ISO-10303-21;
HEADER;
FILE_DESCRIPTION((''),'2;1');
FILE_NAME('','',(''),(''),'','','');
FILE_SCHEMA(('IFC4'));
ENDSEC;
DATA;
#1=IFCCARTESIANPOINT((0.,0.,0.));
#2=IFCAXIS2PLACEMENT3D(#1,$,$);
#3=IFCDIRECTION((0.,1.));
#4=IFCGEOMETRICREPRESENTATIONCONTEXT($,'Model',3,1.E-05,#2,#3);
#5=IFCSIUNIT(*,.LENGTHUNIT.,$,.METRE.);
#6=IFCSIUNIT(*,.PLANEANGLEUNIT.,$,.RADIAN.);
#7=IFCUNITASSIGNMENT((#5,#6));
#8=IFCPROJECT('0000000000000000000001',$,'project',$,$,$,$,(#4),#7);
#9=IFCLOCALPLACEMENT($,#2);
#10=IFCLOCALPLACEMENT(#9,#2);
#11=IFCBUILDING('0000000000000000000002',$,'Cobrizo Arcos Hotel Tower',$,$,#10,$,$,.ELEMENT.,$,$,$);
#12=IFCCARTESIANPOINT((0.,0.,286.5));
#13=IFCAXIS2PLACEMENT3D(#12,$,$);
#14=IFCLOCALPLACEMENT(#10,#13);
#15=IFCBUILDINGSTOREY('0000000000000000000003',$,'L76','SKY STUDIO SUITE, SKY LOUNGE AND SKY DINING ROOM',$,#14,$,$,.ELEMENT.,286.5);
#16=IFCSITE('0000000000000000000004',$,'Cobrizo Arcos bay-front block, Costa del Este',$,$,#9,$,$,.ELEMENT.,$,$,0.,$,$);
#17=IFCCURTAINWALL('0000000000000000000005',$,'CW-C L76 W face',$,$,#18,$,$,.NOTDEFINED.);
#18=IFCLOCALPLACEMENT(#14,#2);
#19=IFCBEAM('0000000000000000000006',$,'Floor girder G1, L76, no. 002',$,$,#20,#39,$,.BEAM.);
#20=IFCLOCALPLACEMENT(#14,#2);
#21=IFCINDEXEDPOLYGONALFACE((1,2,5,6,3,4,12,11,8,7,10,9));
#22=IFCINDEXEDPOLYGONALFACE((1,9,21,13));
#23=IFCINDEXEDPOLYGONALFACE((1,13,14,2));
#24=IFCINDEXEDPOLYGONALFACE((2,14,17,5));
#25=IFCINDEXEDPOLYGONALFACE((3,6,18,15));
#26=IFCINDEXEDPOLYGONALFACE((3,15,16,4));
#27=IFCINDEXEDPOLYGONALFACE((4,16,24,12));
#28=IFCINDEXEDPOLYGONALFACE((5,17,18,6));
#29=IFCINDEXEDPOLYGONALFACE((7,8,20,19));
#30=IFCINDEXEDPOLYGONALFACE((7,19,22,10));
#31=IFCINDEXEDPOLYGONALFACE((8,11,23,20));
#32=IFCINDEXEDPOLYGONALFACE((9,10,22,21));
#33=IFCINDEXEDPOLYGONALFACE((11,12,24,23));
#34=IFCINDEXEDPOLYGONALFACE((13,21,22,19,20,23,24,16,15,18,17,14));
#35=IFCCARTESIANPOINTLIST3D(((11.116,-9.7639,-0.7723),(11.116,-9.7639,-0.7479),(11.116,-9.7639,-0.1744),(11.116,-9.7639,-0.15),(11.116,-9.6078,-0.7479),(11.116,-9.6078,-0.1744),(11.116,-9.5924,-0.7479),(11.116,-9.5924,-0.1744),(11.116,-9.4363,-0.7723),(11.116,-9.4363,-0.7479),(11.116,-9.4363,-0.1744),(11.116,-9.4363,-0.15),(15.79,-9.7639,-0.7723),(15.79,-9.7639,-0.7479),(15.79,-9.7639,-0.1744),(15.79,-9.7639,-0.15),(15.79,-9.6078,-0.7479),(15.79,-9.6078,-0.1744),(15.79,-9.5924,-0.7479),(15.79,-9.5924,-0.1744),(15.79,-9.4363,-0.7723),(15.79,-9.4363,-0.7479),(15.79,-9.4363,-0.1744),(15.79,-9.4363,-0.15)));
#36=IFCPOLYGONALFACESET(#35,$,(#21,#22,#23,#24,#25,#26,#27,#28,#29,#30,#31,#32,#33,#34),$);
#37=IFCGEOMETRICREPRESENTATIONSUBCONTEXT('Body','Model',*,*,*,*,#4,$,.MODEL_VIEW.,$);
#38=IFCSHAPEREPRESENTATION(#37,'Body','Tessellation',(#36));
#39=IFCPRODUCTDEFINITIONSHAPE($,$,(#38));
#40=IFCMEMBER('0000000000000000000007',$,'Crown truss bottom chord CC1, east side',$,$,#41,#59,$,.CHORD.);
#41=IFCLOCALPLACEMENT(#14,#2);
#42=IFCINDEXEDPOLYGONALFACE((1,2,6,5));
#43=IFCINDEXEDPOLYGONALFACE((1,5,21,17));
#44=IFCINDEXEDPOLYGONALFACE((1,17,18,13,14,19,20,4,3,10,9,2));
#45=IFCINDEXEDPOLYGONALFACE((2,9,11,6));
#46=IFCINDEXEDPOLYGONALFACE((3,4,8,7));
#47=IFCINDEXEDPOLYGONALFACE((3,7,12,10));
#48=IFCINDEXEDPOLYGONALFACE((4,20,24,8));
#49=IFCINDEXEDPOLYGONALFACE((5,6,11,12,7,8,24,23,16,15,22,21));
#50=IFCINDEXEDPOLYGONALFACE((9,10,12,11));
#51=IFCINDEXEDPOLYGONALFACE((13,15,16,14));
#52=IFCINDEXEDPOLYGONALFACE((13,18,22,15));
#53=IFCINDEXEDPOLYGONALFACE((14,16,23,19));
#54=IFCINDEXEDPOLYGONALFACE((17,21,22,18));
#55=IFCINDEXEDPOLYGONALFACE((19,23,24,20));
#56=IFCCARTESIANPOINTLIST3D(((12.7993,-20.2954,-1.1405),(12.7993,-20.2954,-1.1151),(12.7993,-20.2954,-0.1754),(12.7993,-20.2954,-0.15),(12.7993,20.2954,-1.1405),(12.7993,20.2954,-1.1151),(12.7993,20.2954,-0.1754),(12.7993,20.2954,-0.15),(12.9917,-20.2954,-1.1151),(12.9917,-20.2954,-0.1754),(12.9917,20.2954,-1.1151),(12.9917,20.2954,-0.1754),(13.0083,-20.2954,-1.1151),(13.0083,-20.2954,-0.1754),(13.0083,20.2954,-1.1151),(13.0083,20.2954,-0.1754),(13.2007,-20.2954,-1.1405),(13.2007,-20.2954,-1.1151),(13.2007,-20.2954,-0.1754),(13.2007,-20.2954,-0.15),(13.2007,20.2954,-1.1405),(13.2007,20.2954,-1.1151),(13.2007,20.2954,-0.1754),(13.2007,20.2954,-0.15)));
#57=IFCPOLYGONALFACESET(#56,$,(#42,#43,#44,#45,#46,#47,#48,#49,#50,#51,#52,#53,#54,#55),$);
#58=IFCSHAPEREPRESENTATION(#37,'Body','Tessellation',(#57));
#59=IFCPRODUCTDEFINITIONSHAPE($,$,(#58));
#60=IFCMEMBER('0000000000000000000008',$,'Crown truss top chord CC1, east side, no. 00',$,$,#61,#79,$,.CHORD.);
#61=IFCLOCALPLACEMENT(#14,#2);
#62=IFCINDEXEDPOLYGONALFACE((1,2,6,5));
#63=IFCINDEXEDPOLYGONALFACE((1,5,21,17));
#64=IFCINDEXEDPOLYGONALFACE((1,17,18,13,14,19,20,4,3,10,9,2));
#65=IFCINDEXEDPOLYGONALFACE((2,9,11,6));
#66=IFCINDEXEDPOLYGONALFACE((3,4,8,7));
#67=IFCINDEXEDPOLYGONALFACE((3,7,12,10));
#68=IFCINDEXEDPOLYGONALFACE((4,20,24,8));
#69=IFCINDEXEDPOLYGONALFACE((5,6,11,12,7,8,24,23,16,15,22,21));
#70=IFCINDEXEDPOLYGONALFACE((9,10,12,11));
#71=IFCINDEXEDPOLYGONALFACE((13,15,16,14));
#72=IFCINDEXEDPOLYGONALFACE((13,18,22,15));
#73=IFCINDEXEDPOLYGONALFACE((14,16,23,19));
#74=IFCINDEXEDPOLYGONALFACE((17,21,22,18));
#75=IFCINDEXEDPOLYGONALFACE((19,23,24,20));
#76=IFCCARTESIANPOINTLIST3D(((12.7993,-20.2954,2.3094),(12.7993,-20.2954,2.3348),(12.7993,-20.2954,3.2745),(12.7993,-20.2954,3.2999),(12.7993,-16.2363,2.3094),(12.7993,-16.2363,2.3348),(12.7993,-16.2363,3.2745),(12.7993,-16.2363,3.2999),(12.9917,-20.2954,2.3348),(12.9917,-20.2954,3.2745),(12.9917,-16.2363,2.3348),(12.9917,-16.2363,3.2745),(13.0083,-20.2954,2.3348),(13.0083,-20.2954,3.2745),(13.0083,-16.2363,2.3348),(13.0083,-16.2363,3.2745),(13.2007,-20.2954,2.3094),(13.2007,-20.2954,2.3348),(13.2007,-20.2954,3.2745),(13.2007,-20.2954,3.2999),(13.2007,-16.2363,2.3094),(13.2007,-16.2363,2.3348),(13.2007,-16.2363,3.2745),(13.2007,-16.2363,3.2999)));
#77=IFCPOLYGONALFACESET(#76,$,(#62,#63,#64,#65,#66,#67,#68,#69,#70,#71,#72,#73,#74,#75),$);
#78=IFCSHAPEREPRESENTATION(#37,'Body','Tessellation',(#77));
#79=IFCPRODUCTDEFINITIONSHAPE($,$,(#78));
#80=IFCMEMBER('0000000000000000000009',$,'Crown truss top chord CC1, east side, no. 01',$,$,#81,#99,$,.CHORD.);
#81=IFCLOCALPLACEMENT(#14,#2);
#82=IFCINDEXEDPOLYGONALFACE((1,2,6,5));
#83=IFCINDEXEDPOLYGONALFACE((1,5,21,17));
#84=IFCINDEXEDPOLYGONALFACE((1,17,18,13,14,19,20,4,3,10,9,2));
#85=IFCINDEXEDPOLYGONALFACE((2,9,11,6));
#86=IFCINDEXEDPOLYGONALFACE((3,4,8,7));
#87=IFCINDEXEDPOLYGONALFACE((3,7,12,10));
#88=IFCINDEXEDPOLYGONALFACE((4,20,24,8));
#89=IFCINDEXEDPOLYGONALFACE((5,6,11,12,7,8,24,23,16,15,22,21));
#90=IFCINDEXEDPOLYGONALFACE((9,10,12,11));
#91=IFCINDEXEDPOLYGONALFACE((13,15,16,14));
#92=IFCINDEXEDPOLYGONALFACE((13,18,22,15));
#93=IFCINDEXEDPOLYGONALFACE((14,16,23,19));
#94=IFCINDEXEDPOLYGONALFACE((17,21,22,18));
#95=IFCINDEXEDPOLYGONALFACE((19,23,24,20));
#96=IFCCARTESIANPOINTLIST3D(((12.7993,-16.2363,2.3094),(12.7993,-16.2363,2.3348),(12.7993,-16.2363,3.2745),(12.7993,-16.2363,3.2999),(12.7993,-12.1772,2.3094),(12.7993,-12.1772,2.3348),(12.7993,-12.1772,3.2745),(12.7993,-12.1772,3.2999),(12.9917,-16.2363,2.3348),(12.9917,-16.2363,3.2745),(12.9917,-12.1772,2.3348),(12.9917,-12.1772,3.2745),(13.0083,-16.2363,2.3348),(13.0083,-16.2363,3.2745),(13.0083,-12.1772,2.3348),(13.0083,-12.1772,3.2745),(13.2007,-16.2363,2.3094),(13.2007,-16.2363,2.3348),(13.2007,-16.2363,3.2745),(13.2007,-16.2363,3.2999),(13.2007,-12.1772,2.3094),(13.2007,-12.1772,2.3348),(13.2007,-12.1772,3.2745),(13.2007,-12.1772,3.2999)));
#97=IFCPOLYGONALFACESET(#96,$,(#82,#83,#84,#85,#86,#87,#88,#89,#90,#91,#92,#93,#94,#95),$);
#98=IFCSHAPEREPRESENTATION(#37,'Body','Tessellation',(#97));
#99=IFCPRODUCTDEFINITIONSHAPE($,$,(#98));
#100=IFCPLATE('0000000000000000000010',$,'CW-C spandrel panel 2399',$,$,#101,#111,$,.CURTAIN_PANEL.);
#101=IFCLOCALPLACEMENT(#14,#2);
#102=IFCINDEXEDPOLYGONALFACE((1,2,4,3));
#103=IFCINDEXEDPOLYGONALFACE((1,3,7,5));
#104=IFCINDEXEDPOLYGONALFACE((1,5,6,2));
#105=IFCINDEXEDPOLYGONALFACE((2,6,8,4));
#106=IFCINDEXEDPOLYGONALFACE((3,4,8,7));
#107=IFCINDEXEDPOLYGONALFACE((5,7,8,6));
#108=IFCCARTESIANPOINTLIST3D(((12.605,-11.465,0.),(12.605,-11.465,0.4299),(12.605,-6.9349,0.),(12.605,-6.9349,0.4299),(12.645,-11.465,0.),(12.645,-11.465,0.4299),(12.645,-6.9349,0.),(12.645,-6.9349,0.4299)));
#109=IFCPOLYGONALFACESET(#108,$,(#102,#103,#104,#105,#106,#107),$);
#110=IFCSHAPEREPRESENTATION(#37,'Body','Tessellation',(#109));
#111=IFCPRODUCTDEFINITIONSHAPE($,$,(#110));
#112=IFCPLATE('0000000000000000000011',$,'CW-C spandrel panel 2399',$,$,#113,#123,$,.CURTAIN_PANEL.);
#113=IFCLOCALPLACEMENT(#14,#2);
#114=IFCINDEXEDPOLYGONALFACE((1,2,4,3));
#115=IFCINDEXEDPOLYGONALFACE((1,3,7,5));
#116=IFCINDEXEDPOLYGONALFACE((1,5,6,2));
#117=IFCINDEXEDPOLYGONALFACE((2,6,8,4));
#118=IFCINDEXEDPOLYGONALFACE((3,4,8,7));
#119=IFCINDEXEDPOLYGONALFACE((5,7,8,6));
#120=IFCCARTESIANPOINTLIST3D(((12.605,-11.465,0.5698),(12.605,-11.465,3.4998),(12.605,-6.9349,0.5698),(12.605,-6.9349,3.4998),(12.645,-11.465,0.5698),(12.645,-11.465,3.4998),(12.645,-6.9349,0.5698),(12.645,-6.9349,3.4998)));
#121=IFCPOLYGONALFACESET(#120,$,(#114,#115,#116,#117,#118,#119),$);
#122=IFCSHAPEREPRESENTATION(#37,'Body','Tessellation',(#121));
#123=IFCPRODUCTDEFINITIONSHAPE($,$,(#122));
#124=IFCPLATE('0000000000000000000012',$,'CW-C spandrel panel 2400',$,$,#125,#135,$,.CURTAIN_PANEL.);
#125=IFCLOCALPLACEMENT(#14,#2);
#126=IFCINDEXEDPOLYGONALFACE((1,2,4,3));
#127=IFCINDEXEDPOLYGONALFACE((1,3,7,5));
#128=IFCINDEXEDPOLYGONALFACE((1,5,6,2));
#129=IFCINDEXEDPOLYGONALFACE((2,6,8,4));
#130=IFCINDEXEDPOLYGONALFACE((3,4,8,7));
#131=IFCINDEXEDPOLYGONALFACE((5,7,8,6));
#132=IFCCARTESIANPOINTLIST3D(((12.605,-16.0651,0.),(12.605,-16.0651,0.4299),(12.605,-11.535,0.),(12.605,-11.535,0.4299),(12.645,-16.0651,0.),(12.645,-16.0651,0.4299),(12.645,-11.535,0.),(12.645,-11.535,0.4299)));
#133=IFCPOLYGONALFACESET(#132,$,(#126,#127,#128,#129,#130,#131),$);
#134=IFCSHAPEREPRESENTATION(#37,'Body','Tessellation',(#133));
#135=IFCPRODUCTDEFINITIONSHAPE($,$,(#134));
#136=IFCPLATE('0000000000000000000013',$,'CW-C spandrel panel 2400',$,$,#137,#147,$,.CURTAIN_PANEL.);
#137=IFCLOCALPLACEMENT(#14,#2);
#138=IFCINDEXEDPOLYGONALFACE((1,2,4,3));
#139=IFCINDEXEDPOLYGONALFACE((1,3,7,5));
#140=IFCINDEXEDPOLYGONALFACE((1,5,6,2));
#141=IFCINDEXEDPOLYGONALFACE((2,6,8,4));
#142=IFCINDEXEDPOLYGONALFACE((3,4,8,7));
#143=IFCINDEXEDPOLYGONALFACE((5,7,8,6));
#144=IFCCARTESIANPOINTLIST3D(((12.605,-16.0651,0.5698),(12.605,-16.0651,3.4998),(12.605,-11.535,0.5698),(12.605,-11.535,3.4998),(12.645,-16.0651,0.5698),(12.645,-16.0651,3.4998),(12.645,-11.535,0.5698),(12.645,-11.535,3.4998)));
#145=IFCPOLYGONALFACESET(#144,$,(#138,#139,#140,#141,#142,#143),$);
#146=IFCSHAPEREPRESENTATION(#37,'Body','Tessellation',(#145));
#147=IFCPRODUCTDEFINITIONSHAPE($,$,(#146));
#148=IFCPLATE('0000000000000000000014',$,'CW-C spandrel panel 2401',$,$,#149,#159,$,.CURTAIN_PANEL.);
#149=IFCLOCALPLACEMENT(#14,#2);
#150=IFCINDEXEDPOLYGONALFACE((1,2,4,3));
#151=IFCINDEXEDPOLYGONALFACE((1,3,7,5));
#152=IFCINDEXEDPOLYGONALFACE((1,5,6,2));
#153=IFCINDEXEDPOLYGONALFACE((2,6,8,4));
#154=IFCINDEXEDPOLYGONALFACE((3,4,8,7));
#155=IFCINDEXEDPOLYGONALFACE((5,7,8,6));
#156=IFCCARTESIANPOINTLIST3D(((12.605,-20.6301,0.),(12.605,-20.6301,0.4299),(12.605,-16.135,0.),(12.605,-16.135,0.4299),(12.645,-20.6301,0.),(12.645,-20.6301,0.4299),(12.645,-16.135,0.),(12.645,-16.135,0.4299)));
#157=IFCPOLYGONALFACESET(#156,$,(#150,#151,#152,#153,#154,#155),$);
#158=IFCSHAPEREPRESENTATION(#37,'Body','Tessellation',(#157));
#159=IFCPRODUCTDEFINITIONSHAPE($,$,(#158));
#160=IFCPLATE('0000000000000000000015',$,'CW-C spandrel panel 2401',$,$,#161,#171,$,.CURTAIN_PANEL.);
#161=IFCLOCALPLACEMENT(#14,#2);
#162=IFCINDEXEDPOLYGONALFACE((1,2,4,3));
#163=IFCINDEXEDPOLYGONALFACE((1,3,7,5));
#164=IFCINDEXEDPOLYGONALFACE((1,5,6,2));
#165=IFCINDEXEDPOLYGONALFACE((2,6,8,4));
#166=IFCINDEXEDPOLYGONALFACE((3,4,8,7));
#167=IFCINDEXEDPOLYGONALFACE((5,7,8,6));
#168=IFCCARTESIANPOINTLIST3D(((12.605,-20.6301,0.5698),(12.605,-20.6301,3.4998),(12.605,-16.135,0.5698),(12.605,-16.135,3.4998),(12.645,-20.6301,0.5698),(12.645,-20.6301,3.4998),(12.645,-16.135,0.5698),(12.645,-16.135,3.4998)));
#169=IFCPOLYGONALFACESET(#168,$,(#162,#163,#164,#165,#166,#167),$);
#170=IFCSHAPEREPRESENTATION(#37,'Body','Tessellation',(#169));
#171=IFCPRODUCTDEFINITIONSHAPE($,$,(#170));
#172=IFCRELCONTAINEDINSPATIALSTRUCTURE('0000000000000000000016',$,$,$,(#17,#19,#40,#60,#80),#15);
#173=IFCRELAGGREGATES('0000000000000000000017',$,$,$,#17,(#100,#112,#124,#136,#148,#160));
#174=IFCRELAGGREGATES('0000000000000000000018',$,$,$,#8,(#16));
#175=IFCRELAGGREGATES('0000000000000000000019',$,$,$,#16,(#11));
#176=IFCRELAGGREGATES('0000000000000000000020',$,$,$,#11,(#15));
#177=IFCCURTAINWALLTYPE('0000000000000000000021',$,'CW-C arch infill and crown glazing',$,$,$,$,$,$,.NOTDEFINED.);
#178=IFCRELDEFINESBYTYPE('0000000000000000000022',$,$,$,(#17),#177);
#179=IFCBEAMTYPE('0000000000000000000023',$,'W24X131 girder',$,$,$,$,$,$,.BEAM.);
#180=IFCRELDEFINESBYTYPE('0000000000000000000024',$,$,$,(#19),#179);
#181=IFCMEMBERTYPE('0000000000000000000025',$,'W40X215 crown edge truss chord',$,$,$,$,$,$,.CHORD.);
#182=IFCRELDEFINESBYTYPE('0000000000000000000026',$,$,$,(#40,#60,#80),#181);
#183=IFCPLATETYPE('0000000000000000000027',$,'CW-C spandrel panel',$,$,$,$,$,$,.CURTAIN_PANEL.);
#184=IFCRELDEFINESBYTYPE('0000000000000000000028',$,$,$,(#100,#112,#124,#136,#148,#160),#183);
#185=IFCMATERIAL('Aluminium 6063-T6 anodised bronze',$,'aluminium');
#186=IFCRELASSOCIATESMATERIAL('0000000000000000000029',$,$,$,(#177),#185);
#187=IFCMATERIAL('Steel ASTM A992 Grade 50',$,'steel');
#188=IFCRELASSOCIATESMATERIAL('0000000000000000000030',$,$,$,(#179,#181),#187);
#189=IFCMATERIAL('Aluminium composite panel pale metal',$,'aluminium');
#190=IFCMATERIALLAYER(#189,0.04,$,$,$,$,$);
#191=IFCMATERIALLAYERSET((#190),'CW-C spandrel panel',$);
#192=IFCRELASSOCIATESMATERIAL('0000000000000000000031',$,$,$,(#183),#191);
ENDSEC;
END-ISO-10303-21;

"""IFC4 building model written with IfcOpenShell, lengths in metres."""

from ifc_helpers import new_model, si_unit, direction, frame, origin, origin_2d, place, context, subcontext, project, spatial, rectangle, i_section, extrude, material, layer, layer_set, material_profile, profile_set, type_object, element, aggregate, save


model = new_model("IFC4")

# Units and contexts
model_context = context("Model", 3, precision=1e-05, world=origin(), true_north=direction((0.0, 1.0)))
body_context = subcontext(model_context, "Body", "Model", "MODEL_VIEW")
ifc_project = project(units=[si_unit("LENGTHUNIT", "METRE"), si_unit("PLANEANGLEUNIT", "RADIAN")], contexts=[model_context])

# Site, building, storey
site_placement = place(None, origin())
site = spatial("IfcSite", under=ifc_project, at=site_placement, Name="Cobrizo Arcos bay-front block, Costa del Este", CompositionType="ELEMENT", RefElevation=0.0)
building_placement = place(site_placement, origin())
building = spatial("IfcBuilding", under=site, at=building_placement, Name="Cobrizo Arcos Hotel Tower", CompositionType="ELEMENT")
storey_placement = place(building_placement, frame((0.0, 0.0, 286.5)))
storey = spatial("IfcBuildingStorey", under=building, at=storey_placement, Name="L76", Description="SKY STUDIO SUITE, SKY LOUNGE AND SKY DINING ROOM", CompositionType="ELEMENT", Elevation=286.5)

# Shared definitions
ifc_material_1 = material(Name="Aluminium 6063-T6 anodised bronze", Category="aluminium")

# Curtain wall
curtain_wall_type_1 = type_object("IfcCurtainWallType", Name="CW-C arch infill and crown glazing", PredefinedType="NOTDEFINED", material=ifc_material_1)
curtain_wall_1_placement = place(storey_placement, origin())
curtain_wall_1 = element("IfcCurtainWall", 1, at=curtain_wall_1_placement, inside=storey, type_object=curtain_wall_type_1, Name="CW-C L76 W face", PredefinedType="NOTDEFINED")

# Shared definitions
ifc_material_2 = material(Name="Steel ASTM A992 Grade 50", Category="steel")

# Beam
ifc_material_profile_1 = material_profile(ifc_material_2, i_section(OverallWidth=0.3276, OverallDepth=0.6223, WebThickness=0.0154, FlangeThickness=0.0244, at=origin_2d()), Name="W24X131")
ifc_profile_set_1 = profile_set([ifc_material_profile_1], Name="Steel ASTM A992 Grade 50")
beam_type_1 = type_object("IfcBeamType", Name="W24X131 girder", PredefinedType="BEAM", material=ifc_profile_set_1)
beam_1_placement = place(storey_placement, frame((11.116, -9.6001, -0.4612), z_axis=(1.0, 0.0, 0.0), x_axis=(0.0, 1.0, 0.0)))
element("IfcBeam", 2, at=beam_1_placement, inside=storey, type_object=beam_type_1, Name="Floor girder G1, L76, no. 002", PredefinedType="BEAM", context=body_context, shape_type="SweptSolid", body=[
    extrude(i_section(OverallWidth=0.3276, OverallDepth=0.6223, WebThickness=0.0154, FlangeThickness=0.0244, at=origin_2d()), origin(), (0.0, 0.0, 1.0), 4.6741),
])

# Members
ifc_material_profile_2 = material_profile(ifc_material_2, i_section(OverallWidth=0.4014, OverallDepth=0.9905, WebThickness=0.0166, FlangeThickness=0.0254, at=origin_2d()), Name="W40X215")
ifc_profile_set_2 = profile_set([ifc_material_profile_2], Name="Steel ASTM A992 Grade 50")
member_type_1 = type_object("IfcMemberType", Name="W40X215 crown edge truss chord", PredefinedType="CHORD", material=ifc_profile_set_2)
member_1_placement = place(storey_placement, frame((13.0, -20.2954, -0.6453), z_axis=(0.0, 1.0, 0.0), x_axis=(-1.0, 0.0, 0.0)))
element("IfcMember", 3, at=member_1_placement, inside=storey, type_object=member_type_1, Name="Crown truss bottom chord CC1, east side", PredefinedType="CHORD", context=body_context, shape_type="SweptSolid", body=[
    extrude(i_section(OverallWidth=0.4014, OverallDepth=0.9905, WebThickness=0.0166, FlangeThickness=0.0254, at=origin_2d()), origin(), (0.0, 0.0, 1.0), 40.5908),
])
for number, where, z_axis, x_axis, name in (
    (4, (13.0, -20.2954, 2.8047), (0.0, 1.0, 0.0), (-1.0, 0.0, 0.0), "Crown truss top chord CC1, east side, no. 00"),
    (5, (13.0, -16.2363, 2.8047), (0.0, 1.0, 0.0), (-1.0, 0.0, 0.0), "Crown truss top chord CC1, east side, no. 01"),
):
    element("IfcMember", number, at=place(storey_placement, frame(where, z_axis=z_axis, x_axis=x_axis)), inside=storey, type_object=member_type_1, Name=name, PredefinedType="CHORD", context=body_context, shape_type="SweptSolid", body=[
        extrude(i_section(OverallWidth=0.4014, OverallDepth=0.9905, WebThickness=0.0166, FlangeThickness=0.0254, at=origin_2d()), origin(), (0.0, 0.0, 1.0), 4.0591),
    ])

# Plates
ifc_material_3 = material(Name="Aluminium composite panel pale metal", Category="aluminium")
ifc_layer_1 = layer(ifc_material_3, 0.04)
ifc_layer_set_1 = layer_set([ifc_layer_1], Name="CW-C spandrel panel")
plate_type = type_object("IfcPlateType", Name="CW-C spandrel panel", PredefinedType="CURTAIN_PANEL", material=ifc_layer_set_1)
plate_1_placement = place(storey_placement, frame((12.625, -9.2, 0.0), z_axis=(0.0, 0.0, 1.0), x_axis=(0.0, -1.0, 0.0)))
plate_1 = element("IfcPlate", 6, at=plate_1_placement, type_object=plate_type, Name="CW-C spandrel panel 2399", PredefinedType="CURTAIN_PANEL", context=body_context, shape_type="SweptSolid", body=[
    extrude(rectangle(XDim=4.53, YDim=0.04, at=origin_2d()), origin(), (0.0, 0.0, 1.0), 0.4299),
])
plate_2_placement = place(storey_placement, frame((12.625, -9.2, 0.5698), z_axis=(0.0, 0.0, 1.0), x_axis=(0.0, -1.0, 0.0)))
plate_2 = element("IfcPlate", 7, at=plate_2_placement, type_object=plate_type, Name="CW-C spandrel panel 2399", PredefinedType="CURTAIN_PANEL", context=body_context, shape_type="SweptSolid", body=[
    extrude(rectangle(XDim=4.53, YDim=0.04, at=origin_2d()), origin(), (0.0, 0.0, 1.0), 2.9299),
])
plate_3_placement = place(storey_placement, frame((12.625, -13.8, 0.0), z_axis=(0.0, 0.0, 1.0), x_axis=(0.0, -1.0, 0.0)))
plate_3 = element("IfcPlate", 8, at=plate_3_placement, type_object=plate_type, Name="CW-C spandrel panel 2400", PredefinedType="CURTAIN_PANEL", context=body_context, shape_type="SweptSolid", body=[
    extrude(rectangle(XDim=4.53, YDim=0.04, at=origin_2d()), origin(), (0.0, 0.0, 1.0), 0.4299),
])
plate_4_placement = place(storey_placement, frame((12.625, -13.8, 0.5698), z_axis=(0.0, 0.0, 1.0), x_axis=(0.0, -1.0, 0.0)))
plate_4 = element("IfcPlate", 9, at=plate_4_placement, type_object=plate_type, Name="CW-C spandrel panel 2400", PredefinedType="CURTAIN_PANEL", context=body_context, shape_type="SweptSolid", body=[
    extrude(rectangle(XDim=4.53, YDim=0.04, at=origin_2d()), origin(), (0.0, 0.0, 1.0), 2.9299),
])
plate_5_placement = place(storey_placement, frame((12.625, -18.3826, 0.0), z_axis=(0.0, 0.0, 1.0), x_axis=(0.0, -1.0, 0.0)))
plate_5 = element("IfcPlate", 10, at=plate_5_placement, type_object=plate_type, Name="CW-C spandrel panel 2401", PredefinedType="CURTAIN_PANEL", context=body_context, shape_type="SweptSolid", body=[
    extrude(rectangle(XDim=4.4951, YDim=0.04, at=origin_2d()), origin(), (0.0, 0.0, 1.0), 0.4299),
])
plate_6_placement = place(storey_placement, frame((12.625, -18.3826, 0.5698), z_axis=(0.0, 0.0, 1.0), x_axis=(0.0, -1.0, 0.0)))
plate_6 = element("IfcPlate", 11, at=plate_6_placement, type_object=plate_type, Name="CW-C spandrel panel 2401", PredefinedType="CURTAIN_PANEL", context=body_context, shape_type="SweptSolid", body=[
    extrude(rectangle(XDim=4.4951, YDim=0.04, at=origin_2d()), origin(), (0.0, 0.0, 1.0), 2.9299),
])
aggregate(curtain_wall_1, [plate_1, plate_2, plate_3, plate_4, plate_5, plate_6])

save(model, "model.ifc")
